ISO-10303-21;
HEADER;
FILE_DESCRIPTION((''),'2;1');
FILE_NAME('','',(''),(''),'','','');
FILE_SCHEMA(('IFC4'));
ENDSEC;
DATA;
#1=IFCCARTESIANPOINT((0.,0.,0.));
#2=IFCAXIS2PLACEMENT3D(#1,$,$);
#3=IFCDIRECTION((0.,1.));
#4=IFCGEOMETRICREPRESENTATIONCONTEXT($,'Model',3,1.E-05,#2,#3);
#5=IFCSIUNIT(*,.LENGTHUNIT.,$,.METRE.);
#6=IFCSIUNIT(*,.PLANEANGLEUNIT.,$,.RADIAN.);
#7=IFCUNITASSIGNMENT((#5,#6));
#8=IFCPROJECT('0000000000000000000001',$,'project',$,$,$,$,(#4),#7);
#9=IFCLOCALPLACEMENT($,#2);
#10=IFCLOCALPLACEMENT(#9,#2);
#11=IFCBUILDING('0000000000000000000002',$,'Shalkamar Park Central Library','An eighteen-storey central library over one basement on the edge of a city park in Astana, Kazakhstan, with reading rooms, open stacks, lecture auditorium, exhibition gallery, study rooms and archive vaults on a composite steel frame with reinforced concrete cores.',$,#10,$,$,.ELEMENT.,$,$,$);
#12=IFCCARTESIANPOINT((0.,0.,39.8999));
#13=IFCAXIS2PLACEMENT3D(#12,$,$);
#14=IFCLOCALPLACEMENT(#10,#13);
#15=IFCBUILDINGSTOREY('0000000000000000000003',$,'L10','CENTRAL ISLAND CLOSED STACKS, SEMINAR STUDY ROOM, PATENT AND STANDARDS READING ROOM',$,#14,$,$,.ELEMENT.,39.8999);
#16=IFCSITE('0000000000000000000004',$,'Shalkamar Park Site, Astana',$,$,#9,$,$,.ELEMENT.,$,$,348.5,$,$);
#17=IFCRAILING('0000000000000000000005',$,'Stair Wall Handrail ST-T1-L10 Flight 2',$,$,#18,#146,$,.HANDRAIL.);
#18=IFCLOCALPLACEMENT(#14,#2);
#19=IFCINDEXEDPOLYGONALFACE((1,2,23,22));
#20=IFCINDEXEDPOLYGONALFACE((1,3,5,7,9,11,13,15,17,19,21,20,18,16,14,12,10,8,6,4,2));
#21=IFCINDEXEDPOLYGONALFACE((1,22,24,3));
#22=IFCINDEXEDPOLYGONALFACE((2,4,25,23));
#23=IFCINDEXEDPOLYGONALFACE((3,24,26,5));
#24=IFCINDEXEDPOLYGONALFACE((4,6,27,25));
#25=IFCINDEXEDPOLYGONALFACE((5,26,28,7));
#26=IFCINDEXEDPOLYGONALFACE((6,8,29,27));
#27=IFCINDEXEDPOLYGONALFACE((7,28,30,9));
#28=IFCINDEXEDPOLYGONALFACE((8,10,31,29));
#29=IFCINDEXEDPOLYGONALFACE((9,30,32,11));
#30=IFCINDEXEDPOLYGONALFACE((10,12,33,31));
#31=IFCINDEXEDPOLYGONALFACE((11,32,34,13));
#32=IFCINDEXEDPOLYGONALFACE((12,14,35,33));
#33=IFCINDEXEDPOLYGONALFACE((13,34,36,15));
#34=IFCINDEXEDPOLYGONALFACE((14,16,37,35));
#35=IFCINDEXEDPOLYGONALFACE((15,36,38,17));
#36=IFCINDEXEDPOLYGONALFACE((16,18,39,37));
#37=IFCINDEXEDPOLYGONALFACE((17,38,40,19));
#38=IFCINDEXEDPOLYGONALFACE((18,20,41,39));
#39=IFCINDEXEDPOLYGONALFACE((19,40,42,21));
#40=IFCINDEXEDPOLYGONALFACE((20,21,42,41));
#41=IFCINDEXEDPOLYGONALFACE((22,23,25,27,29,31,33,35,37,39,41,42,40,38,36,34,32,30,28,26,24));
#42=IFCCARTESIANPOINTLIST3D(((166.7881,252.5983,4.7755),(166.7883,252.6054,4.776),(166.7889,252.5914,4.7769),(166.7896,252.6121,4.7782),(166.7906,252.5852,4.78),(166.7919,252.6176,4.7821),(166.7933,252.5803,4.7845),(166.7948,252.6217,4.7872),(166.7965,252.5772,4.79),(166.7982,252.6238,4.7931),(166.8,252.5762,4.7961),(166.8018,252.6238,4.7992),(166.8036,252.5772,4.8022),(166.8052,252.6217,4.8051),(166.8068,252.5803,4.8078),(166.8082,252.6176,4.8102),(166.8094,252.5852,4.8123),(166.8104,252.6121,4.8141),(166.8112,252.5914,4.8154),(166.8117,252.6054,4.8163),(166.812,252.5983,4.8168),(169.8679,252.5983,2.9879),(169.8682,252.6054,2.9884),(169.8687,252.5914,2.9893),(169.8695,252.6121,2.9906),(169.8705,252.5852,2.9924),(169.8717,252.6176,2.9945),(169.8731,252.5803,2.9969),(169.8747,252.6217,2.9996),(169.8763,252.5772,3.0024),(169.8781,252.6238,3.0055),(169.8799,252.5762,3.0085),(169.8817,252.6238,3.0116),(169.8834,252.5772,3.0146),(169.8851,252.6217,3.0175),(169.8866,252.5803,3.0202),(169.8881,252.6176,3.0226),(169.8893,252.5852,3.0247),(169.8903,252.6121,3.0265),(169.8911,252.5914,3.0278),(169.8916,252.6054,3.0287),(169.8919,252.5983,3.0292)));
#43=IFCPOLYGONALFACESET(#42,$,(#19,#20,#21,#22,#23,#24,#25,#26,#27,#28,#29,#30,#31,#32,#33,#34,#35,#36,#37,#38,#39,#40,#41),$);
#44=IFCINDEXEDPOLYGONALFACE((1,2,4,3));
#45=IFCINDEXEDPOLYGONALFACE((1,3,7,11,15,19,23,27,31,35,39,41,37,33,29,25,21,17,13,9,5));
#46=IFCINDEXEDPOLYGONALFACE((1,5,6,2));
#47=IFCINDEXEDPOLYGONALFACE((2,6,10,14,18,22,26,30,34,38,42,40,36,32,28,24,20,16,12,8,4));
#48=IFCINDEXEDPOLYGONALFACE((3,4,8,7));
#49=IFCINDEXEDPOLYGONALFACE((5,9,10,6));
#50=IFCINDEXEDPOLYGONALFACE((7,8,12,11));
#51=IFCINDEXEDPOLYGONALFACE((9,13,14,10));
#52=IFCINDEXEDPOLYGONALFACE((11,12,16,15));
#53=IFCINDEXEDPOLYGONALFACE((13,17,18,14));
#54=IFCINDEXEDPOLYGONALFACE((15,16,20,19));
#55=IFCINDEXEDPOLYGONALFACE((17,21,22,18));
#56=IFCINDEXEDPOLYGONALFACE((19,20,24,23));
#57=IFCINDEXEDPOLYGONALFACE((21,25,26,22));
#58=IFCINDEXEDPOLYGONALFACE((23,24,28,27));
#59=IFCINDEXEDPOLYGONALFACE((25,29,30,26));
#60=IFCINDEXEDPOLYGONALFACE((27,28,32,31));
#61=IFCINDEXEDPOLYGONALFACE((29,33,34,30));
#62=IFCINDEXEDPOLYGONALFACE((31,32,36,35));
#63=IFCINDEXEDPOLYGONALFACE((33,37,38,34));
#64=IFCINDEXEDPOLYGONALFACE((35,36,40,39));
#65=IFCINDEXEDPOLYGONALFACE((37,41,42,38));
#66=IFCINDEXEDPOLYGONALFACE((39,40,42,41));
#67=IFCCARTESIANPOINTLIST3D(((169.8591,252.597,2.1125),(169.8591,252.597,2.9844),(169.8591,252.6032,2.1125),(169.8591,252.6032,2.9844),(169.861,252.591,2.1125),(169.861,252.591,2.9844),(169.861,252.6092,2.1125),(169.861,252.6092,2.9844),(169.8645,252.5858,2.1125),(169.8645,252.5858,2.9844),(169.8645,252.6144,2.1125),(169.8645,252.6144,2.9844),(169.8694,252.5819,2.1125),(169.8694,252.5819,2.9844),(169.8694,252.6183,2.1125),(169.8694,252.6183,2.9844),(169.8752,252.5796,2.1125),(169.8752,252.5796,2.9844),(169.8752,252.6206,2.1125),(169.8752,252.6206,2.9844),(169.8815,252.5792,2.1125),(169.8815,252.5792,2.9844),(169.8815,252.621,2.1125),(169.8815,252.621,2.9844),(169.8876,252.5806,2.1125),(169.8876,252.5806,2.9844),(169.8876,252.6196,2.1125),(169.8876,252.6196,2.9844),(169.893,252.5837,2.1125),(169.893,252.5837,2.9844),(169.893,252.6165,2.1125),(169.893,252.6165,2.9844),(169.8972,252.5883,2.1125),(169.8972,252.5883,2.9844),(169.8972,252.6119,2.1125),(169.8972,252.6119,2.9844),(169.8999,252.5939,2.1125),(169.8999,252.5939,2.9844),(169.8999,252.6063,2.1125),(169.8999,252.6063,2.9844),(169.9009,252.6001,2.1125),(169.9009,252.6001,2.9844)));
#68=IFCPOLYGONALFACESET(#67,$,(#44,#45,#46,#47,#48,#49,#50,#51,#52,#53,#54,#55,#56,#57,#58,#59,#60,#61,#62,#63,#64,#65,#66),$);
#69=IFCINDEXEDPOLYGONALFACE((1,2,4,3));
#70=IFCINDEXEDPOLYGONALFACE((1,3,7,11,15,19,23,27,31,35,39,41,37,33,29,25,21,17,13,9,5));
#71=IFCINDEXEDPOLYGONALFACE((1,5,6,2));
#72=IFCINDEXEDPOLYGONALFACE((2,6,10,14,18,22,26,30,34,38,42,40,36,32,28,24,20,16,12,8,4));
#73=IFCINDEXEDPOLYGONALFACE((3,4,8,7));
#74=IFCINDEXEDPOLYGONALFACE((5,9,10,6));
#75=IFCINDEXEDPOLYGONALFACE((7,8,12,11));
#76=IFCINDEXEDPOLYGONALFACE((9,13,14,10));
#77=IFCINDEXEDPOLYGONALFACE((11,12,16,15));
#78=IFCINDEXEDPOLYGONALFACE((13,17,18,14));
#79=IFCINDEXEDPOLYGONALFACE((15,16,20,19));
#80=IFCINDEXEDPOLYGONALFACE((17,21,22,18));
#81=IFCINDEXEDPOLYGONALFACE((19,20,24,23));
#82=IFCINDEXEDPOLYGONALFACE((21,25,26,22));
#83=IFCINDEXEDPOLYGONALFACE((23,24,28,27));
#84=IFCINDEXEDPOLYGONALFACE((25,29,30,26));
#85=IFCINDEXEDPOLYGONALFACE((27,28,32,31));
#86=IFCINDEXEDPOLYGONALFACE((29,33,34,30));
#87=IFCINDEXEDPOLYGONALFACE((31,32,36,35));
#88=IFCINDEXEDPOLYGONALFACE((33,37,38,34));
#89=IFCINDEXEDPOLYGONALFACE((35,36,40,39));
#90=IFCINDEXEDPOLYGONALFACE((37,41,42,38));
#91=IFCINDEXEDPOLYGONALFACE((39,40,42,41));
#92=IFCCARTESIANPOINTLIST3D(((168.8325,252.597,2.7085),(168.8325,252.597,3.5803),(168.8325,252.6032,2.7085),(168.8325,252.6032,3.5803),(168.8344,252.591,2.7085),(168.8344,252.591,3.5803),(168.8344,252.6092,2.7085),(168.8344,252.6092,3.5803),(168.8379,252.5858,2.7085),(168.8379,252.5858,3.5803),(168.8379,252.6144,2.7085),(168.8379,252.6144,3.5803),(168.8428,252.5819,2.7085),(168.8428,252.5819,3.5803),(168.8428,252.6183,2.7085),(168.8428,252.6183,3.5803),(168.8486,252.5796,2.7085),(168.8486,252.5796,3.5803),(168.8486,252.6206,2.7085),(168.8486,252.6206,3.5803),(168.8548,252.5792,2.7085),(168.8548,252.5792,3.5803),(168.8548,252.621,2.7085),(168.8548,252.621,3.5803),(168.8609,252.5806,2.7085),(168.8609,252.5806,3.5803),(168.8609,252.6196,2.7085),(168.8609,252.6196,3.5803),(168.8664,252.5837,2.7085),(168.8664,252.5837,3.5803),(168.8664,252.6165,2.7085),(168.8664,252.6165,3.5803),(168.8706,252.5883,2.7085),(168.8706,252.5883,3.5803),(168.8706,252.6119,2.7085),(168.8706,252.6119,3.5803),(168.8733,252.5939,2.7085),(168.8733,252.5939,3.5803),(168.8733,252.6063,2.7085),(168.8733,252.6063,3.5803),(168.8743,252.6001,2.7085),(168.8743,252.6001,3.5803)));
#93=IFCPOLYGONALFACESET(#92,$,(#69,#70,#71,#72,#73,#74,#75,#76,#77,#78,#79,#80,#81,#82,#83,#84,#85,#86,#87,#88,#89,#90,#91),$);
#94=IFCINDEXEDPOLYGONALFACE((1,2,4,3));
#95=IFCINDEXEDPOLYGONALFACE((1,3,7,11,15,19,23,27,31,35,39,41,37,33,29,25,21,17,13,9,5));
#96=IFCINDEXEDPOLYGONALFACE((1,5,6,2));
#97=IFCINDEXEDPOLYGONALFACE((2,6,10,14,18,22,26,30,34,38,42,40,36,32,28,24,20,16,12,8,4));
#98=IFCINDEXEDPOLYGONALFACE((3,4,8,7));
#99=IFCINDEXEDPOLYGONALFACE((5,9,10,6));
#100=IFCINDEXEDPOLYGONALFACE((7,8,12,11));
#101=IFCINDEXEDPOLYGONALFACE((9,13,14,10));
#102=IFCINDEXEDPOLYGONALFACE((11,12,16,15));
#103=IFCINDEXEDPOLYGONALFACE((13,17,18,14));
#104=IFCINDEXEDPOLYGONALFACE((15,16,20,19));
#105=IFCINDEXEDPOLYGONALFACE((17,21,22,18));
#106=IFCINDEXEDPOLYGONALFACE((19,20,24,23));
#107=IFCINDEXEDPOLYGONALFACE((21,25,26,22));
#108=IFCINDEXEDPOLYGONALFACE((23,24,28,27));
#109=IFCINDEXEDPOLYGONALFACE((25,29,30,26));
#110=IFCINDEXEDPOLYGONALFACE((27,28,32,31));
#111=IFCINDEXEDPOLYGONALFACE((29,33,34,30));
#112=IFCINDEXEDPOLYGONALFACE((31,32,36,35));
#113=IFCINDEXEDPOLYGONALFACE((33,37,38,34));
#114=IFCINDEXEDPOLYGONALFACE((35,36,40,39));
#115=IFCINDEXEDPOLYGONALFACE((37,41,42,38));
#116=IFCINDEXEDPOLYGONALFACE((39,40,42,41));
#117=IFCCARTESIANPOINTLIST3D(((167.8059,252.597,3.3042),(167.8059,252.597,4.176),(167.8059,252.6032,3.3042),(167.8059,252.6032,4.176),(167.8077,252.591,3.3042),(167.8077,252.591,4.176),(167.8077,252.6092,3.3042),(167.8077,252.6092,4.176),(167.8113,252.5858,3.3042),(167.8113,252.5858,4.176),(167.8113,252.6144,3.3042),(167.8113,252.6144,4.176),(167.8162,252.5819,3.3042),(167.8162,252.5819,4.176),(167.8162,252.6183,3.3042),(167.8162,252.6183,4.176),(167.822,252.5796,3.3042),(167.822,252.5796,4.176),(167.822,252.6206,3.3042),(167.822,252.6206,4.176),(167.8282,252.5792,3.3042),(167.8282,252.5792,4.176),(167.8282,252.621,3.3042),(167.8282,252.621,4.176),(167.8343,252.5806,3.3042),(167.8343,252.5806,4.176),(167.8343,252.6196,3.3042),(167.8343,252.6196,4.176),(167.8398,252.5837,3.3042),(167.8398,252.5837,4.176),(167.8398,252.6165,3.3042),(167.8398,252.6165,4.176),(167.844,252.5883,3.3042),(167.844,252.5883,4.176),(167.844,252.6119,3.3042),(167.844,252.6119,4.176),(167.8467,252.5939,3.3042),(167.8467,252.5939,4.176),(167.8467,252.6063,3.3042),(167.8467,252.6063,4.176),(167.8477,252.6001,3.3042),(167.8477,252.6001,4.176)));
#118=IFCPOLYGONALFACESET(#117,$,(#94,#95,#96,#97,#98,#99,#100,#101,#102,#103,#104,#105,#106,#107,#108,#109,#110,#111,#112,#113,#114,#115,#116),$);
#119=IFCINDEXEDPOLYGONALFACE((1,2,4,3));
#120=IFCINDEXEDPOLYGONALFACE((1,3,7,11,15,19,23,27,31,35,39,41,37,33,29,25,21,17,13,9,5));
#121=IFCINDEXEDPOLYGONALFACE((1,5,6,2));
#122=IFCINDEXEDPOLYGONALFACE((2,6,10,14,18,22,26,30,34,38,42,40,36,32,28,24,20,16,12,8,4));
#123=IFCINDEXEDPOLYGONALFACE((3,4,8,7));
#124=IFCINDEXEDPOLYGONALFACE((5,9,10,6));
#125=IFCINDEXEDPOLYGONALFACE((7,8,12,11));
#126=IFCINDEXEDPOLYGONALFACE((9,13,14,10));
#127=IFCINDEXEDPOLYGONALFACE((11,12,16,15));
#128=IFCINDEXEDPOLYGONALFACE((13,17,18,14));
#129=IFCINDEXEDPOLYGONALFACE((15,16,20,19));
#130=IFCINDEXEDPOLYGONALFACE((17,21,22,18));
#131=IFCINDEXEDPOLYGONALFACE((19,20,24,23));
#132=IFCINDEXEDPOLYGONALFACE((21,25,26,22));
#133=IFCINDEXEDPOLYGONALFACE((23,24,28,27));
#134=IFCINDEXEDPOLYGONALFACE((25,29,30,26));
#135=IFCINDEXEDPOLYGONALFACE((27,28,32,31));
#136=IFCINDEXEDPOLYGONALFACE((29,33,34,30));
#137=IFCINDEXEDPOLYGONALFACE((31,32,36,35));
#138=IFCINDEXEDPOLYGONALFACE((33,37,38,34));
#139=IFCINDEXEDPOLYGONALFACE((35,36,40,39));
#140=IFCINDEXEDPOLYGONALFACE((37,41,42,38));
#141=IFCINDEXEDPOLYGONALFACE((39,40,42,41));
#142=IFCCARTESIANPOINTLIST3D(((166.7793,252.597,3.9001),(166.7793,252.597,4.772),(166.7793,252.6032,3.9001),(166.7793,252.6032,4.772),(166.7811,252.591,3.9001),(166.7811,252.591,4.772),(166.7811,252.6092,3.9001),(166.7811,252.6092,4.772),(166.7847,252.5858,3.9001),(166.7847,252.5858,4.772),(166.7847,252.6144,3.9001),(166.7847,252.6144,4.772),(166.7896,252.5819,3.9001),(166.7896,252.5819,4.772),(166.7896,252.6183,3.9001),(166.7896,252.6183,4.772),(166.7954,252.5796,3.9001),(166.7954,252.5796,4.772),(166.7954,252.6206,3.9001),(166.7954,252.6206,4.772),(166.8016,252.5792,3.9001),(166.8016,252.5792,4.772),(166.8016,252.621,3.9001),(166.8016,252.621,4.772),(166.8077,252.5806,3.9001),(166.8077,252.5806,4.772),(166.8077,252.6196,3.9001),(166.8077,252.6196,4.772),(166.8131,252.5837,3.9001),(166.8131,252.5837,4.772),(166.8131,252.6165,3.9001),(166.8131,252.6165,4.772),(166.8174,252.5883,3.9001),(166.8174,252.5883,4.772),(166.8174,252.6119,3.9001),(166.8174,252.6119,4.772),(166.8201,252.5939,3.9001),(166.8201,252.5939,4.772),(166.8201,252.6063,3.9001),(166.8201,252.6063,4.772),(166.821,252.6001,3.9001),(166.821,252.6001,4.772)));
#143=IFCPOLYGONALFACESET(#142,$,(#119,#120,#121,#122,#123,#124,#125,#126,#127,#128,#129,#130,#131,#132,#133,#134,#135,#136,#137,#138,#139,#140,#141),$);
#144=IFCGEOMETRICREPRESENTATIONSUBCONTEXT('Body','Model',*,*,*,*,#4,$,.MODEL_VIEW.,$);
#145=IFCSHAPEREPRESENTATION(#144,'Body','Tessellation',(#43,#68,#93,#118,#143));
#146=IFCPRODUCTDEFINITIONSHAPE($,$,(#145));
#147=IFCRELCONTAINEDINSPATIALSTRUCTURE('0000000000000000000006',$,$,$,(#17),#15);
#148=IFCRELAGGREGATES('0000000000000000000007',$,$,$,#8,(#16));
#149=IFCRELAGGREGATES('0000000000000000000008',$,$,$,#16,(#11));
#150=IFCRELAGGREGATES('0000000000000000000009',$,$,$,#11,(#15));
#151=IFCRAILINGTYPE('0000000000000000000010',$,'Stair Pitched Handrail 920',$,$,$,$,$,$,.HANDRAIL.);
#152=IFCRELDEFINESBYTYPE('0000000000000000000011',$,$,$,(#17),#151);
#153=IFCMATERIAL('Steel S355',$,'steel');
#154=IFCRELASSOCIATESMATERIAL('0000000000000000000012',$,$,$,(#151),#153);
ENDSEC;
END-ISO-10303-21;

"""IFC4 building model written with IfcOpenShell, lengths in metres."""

from ifc_helpers import new_model, si_unit, direction, frame, origin, origin_2d, place, context, subcontext, project, spatial, circle, extrude, material, type_object, element, save


model = new_model("IFC4")

# Units and contexts
model_context = context("Model", 3, precision=1e-05, world=origin(), true_north=direction((0.0, 1.0)))
body_context = subcontext(model_context, "Body", "Model", "MODEL_VIEW")
ifc_project = project(units=[si_unit("LENGTHUNIT", "METRE"), si_unit("PLANEANGLEUNIT", "RADIAN")], contexts=[model_context])

# Site, building, storey
site_placement = place(None, origin())
site = spatial("IfcSite", under=ifc_project, at=site_placement, Name="Shalkamar Park Site, Astana", CompositionType="ELEMENT", RefElevation=348.5)
building_placement = place(site_placement, origin())
building = spatial("IfcBuilding", under=site, at=building_placement, Name="Shalkamar Park Central Library", Description="An eighteen-storey central library over one basement on the edge of a city park in Astana, Kazakhstan, with reading rooms, open stacks, lecture auditorium, exhibition gallery, study rooms and archive vaults on a composite steel frame with reinforced concrete cores.", CompositionType="ELEMENT")
storey_placement = place(building_placement, frame((0.0, 0.0, 39.8999)))
storey = spatial("IfcBuildingStorey", under=building, at=storey_placement, Name="L10", Description="CENTRAL ISLAND CLOSED STACKS, SEMINAR STUDY ROOM, PATENT AND STANDARDS READING ROOM", CompositionType="ELEMENT", Elevation=39.8999)

# Shared definitions
ifc_material_1 = material(Name="Steel S355", Category="steel")

# Railing
railing_type_1 = type_object("IfcRailingType", Name="Stair Pitched Handrail 920", PredefinedType="HANDRAIL", material=ifc_material_1)
railing_1_placement = place(storey_placement, frame((169.8799, 252.6001, 2.1125)))
element("IfcRailing", 1, at=railing_1_placement, inside=storey, type_object=railing_type_1, Name="Stair Wall Handrail ST-T1-L10 Flight 2", PredefinedType="HANDRAIL", context=body_context, shape_type="SweptSolid", body=[
    extrude(circle(Radius=0.0239, at=origin_2d()), frame((0.0, 0.0, 0.896), z_axis=(-0.864873, 0.0, 0.50199), x_axis=(0.0, -1.0, 0.0)), (0.0, 0.0, 1.0), 3.561),
    extrude(circle(Radius=0.021, at=origin_2d()), origin(), (0.0, 0.0, 1.0), 0.8718),
    extrude(circle(Radius=0.021, at=origin_2d()), frame((-1.0266, 0.0, 0.5959)), (0.0, 0.0, 1.0), 0.8718),
    extrude(circle(Radius=0.021, at=origin_2d()), frame((-2.0532, 0.0, 1.1917)), (0.0, 0.0, 1.0), 0.8718),
    extrude(circle(Radius=0.021, at=origin_2d()), frame((-3.0798, 0.0, 1.7876)), (0.0, 0.0, 1.0), 0.8718),
])

save(model, "model.ifc")
